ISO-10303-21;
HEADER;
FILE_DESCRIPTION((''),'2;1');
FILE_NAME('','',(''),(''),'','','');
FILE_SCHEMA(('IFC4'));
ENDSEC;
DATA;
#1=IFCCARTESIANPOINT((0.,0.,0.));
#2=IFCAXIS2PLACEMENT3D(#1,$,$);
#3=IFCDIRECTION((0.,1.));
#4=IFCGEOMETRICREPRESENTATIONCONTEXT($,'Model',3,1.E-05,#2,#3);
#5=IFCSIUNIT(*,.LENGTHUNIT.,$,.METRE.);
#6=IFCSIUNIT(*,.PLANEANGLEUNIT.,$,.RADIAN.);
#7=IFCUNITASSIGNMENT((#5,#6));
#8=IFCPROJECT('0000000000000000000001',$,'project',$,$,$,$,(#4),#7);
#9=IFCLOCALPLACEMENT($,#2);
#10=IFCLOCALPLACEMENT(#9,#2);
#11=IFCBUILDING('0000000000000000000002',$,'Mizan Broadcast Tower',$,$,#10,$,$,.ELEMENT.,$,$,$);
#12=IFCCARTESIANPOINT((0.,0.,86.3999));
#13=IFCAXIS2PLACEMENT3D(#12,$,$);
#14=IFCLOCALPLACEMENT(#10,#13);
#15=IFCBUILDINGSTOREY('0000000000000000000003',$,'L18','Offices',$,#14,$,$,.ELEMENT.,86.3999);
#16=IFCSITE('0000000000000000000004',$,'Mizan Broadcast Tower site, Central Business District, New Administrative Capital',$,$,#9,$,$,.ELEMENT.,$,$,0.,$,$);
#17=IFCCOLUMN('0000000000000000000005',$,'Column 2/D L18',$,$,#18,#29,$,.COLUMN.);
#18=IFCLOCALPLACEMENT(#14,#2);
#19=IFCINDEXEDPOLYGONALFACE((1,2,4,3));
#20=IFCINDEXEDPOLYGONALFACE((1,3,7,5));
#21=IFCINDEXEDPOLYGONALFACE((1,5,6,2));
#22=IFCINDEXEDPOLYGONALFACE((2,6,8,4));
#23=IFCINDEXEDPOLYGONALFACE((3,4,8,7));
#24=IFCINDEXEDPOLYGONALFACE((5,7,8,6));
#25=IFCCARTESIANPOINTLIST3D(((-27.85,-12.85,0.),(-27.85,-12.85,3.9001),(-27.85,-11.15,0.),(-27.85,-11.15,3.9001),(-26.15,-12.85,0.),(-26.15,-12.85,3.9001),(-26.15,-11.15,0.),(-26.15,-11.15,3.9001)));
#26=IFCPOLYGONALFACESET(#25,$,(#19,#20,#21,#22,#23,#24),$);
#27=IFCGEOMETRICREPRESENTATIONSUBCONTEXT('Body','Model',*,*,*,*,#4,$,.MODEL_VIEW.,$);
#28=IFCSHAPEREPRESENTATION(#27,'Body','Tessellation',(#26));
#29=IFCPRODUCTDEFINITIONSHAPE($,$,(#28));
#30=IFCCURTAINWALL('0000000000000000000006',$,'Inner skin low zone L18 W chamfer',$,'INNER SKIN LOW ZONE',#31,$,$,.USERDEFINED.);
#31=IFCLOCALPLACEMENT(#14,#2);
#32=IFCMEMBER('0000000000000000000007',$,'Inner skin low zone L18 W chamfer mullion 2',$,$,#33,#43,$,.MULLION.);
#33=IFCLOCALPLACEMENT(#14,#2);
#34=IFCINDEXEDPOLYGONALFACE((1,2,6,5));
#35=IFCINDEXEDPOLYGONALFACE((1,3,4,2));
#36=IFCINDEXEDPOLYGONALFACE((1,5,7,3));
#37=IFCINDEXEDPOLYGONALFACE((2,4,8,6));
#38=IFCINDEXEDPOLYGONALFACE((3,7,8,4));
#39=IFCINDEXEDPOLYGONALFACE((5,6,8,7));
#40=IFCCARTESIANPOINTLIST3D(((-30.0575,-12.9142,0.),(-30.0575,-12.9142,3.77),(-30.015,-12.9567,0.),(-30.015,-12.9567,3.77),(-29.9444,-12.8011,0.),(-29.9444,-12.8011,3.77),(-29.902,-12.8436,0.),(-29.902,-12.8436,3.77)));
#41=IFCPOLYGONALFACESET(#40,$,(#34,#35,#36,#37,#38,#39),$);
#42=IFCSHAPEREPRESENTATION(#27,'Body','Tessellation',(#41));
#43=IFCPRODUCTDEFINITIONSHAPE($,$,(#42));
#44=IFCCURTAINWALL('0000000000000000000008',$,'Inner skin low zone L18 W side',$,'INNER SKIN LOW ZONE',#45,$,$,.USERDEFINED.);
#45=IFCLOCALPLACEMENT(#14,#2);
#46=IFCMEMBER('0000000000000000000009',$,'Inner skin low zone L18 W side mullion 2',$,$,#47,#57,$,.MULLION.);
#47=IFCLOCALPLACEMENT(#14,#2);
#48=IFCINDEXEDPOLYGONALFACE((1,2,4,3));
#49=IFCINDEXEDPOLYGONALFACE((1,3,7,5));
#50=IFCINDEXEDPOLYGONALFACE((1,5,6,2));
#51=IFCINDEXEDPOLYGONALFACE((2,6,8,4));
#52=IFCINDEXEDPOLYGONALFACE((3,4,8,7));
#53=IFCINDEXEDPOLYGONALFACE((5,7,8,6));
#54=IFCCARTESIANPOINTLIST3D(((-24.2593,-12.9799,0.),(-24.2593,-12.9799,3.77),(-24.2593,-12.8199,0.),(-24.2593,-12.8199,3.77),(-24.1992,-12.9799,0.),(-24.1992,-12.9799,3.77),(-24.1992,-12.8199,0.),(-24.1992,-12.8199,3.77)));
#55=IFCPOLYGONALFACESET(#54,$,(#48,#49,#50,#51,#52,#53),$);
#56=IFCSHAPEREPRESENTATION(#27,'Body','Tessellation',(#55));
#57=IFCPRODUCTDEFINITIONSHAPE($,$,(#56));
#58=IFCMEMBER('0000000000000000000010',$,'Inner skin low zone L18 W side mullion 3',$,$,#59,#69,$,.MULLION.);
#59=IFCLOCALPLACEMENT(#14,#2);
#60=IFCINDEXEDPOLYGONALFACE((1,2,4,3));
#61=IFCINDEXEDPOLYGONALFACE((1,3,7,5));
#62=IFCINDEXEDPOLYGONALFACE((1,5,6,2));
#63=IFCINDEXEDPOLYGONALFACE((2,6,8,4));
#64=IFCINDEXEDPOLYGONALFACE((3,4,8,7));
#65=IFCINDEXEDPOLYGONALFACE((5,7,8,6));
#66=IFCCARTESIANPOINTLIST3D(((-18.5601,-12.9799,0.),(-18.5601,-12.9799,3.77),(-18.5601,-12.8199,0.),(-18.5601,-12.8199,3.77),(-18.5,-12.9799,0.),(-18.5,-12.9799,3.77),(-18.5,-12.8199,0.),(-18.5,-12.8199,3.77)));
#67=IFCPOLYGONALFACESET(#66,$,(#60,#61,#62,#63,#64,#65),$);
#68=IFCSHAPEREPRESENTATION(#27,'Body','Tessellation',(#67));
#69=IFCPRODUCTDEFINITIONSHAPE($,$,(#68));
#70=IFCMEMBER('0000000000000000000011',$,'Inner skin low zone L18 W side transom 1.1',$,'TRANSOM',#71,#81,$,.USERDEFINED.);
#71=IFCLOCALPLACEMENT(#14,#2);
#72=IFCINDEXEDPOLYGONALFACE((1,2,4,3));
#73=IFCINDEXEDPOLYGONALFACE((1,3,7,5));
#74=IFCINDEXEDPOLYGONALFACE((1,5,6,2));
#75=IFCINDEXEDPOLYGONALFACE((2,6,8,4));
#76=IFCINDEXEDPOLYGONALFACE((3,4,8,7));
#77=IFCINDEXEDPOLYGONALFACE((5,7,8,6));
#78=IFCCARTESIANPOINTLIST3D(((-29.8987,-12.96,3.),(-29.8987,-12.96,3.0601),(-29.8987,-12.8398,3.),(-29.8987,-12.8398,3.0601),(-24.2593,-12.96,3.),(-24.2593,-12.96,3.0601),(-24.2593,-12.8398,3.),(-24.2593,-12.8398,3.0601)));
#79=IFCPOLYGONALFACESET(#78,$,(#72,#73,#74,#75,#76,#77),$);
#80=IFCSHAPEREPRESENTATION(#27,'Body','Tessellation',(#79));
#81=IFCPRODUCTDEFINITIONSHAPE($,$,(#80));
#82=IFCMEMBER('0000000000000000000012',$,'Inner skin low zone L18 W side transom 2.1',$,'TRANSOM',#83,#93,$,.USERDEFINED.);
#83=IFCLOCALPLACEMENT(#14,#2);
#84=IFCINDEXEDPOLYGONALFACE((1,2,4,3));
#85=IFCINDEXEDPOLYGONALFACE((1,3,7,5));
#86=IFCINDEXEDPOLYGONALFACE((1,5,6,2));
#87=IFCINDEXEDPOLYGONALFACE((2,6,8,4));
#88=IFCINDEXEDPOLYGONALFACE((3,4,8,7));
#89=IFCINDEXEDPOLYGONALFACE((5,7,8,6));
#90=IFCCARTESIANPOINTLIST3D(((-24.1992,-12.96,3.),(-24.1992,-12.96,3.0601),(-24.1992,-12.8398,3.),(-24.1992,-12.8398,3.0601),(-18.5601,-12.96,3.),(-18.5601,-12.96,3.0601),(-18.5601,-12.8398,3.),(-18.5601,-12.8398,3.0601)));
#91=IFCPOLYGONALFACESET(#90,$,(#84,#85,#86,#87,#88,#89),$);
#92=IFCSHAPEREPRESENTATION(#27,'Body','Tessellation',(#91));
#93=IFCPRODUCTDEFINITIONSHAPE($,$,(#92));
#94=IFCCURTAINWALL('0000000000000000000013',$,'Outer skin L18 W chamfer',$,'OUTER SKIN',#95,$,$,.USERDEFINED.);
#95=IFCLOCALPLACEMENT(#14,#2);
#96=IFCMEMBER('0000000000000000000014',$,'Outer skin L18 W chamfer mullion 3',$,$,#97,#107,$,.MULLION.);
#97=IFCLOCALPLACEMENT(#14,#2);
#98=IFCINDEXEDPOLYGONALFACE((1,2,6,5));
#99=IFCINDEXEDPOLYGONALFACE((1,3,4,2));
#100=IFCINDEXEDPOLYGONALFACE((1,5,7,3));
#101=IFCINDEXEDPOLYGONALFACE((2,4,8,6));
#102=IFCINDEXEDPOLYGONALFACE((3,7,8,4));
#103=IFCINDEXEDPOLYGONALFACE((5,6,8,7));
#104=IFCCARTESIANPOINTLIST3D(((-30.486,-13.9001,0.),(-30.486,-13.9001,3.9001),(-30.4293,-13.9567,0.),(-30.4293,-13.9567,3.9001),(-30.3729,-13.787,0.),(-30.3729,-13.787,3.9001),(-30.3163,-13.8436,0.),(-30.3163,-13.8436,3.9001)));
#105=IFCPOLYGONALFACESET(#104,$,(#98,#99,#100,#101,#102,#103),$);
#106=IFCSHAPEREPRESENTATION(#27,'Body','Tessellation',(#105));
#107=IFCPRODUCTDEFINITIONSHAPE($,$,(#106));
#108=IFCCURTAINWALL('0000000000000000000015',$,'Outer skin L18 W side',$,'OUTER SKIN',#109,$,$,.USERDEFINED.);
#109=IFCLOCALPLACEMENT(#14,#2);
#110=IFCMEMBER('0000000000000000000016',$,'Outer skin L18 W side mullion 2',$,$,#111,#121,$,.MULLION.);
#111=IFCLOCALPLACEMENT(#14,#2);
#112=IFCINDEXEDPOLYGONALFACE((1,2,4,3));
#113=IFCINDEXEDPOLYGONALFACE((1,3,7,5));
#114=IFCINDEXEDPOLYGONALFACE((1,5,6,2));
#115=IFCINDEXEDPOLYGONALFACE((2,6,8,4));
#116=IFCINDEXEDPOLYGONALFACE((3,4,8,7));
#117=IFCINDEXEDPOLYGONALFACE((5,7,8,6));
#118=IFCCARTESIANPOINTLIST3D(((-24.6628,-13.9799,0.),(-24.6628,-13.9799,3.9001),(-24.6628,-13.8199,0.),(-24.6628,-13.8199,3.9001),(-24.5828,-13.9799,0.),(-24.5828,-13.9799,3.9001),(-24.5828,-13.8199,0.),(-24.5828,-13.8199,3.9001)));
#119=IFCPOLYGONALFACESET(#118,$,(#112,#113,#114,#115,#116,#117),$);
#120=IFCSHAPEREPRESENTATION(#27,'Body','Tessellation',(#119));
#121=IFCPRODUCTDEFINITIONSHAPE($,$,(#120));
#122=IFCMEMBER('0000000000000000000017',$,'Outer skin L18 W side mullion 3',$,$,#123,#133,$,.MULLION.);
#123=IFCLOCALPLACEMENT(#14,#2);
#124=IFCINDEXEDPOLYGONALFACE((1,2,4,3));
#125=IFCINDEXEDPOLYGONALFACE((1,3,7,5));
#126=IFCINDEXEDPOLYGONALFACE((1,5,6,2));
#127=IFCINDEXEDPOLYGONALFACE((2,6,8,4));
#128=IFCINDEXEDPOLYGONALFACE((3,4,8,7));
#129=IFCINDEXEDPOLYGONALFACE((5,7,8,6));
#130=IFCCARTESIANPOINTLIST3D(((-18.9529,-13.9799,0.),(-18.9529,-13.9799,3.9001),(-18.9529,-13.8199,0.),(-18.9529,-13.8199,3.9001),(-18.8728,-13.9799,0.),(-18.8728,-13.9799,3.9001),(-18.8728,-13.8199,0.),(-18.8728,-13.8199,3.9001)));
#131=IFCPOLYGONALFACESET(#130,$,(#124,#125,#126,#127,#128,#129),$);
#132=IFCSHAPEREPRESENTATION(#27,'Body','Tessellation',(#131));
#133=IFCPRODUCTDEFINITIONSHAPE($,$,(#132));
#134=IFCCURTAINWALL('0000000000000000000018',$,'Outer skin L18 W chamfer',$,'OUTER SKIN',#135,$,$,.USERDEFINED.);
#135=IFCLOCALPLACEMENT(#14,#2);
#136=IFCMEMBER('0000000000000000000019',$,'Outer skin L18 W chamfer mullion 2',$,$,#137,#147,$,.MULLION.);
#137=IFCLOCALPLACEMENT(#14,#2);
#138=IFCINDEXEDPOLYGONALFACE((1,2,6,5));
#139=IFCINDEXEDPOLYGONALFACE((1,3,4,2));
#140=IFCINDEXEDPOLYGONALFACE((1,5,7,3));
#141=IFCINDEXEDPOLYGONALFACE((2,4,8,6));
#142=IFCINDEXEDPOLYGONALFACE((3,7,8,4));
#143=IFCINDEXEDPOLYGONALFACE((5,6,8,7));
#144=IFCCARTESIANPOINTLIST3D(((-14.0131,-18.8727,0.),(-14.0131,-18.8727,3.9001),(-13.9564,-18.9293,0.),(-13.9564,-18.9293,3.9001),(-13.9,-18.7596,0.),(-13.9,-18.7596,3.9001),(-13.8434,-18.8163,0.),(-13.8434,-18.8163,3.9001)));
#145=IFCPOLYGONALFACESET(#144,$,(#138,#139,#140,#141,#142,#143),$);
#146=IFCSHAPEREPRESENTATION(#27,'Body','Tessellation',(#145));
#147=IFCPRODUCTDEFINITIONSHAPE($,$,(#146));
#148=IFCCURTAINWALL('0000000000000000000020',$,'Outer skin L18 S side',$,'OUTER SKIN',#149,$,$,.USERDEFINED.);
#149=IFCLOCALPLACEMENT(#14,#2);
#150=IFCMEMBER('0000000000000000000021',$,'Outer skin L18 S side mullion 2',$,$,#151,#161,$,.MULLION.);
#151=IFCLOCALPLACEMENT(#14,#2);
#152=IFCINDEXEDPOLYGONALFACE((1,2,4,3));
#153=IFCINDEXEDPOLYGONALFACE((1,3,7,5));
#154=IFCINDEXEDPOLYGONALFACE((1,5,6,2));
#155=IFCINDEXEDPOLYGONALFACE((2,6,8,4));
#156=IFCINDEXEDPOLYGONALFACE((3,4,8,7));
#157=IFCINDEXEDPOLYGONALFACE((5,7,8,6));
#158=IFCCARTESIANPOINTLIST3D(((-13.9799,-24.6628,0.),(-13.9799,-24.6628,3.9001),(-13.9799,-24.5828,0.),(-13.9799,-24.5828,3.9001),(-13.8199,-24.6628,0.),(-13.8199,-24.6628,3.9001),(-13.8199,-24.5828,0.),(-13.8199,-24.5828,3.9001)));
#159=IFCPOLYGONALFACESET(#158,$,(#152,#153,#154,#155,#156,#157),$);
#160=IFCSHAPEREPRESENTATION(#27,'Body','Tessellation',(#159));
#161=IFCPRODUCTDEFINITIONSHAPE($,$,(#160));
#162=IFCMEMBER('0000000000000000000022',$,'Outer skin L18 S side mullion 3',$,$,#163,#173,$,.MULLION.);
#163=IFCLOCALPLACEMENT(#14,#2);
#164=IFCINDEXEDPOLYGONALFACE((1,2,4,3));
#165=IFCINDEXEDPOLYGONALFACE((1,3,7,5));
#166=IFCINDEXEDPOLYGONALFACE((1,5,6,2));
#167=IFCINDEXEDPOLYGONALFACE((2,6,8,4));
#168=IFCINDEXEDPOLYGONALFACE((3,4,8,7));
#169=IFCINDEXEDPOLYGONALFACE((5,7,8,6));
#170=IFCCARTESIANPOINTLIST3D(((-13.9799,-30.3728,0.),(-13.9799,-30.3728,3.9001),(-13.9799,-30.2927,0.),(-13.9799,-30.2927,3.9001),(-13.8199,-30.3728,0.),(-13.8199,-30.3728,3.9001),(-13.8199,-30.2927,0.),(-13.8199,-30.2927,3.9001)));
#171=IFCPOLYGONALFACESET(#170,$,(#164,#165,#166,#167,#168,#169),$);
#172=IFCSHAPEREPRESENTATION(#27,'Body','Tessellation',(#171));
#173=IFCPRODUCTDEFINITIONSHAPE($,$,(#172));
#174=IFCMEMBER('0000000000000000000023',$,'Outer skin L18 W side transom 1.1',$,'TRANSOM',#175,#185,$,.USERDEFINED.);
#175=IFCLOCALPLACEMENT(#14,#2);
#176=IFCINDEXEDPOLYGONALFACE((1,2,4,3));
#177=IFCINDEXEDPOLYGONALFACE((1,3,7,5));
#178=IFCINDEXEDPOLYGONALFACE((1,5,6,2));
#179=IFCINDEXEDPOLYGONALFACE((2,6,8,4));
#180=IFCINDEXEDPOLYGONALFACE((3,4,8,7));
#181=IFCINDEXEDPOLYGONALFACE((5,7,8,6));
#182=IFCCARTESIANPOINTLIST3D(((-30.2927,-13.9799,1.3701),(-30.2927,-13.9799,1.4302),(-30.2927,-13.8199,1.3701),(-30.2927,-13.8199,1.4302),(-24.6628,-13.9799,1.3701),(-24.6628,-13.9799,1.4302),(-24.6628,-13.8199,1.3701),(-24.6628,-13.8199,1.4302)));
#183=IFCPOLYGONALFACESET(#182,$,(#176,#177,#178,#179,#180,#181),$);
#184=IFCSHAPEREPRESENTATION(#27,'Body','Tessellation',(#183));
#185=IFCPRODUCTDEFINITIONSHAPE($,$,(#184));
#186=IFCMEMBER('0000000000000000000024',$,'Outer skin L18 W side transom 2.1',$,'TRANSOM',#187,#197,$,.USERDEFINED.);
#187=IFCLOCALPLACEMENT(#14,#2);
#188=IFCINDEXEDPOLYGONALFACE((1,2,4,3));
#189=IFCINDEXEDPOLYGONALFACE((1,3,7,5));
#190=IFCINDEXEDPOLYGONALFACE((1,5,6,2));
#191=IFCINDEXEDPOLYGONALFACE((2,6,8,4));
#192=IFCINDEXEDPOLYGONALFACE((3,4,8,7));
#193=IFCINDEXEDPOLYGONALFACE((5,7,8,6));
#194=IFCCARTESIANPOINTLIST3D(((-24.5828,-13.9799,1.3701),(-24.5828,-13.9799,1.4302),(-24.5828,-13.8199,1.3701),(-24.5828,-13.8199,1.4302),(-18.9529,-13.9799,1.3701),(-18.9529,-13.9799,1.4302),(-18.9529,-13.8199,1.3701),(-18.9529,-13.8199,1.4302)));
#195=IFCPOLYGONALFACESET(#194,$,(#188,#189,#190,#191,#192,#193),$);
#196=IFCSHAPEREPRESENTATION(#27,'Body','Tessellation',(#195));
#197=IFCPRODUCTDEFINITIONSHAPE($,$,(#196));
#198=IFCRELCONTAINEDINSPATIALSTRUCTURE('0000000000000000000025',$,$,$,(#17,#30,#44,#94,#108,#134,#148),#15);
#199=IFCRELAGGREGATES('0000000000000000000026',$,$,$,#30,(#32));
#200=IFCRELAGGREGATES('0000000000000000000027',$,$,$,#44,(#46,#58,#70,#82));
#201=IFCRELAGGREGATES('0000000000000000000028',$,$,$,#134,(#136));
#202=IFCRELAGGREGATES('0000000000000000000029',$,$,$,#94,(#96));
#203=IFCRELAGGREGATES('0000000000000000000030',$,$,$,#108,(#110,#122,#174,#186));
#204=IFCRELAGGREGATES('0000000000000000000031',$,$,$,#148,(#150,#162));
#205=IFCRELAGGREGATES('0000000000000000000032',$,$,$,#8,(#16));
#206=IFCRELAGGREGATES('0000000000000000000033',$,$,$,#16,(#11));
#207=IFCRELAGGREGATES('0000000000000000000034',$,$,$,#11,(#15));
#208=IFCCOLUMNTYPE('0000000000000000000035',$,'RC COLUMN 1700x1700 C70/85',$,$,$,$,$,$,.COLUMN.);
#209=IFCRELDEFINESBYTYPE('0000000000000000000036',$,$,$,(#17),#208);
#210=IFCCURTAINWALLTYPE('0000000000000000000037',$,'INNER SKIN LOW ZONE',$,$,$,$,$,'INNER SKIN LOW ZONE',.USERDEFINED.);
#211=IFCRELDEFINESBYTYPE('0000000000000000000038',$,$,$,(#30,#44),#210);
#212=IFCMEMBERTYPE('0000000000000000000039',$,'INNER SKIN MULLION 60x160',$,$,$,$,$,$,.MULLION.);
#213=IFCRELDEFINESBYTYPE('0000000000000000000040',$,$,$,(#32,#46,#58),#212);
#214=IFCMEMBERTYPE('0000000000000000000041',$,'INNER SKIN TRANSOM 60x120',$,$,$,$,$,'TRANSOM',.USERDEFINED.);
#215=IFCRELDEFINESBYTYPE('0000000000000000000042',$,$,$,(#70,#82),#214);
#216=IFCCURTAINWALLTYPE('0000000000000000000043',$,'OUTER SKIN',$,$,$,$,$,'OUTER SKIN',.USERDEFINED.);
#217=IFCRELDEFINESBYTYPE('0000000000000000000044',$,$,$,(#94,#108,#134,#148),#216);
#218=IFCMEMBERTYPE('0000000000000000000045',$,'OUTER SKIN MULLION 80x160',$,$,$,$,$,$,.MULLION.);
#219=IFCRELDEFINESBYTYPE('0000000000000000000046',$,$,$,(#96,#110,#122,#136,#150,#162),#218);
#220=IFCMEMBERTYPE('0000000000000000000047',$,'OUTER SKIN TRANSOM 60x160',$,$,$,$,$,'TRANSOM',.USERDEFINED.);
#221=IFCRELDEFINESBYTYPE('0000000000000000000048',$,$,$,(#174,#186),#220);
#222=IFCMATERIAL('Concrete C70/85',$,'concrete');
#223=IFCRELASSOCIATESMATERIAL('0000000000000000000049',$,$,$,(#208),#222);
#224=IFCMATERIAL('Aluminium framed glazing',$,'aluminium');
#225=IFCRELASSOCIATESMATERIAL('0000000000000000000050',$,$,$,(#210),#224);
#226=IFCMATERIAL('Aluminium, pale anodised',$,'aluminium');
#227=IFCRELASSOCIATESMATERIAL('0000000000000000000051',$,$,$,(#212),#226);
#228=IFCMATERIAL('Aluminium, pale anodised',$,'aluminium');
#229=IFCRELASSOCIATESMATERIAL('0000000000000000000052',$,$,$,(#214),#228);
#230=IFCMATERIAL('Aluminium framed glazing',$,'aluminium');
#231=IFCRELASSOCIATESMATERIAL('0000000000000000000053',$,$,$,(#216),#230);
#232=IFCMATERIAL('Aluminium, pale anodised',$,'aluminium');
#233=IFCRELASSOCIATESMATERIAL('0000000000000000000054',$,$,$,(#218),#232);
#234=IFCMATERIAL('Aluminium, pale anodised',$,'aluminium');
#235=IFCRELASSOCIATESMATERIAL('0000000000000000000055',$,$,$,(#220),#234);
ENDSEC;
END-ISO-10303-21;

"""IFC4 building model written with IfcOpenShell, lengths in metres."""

from ifc_helpers import new_model, si_unit, direction, frame, origin, origin_2d, place, context, subcontext, project, spatial, rectangle, extrude, material, material_profile, profile_set, type_object, element, aggregate, save


model = new_model("IFC4")

# Units and contexts
model_context = context("Model", 3, precision=1e-05, world=origin(), true_north=direction((0.0, 1.0)))
body_context = subcontext(model_context, "Body", "Model", "MODEL_VIEW")
ifc_project = project(units=[si_unit("LENGTHUNIT", "METRE"), si_unit("PLANEANGLEUNIT", "RADIAN")], contexts=[model_context])

# Site, building, storey
site_placement = place(None, origin())
site = spatial("IfcSite", under=ifc_project, at=site_placement, Name="Mizan Broadcast Tower site, Central Business District, New Administrative Capital", CompositionType="ELEMENT", RefElevation=0.0)
building_placement = place(site_placement, origin())
building = spatial("IfcBuilding", under=site, at=building_placement, Name="Mizan Broadcast Tower", CompositionType="ELEMENT")
storey_placement = place(building_placement, frame((0.0, 0.0, 86.3999)))
storey = spatial("IfcBuildingStorey", under=building, at=storey_placement, Name="L18", Description="Offices", CompositionType="ELEMENT", Elevation=86.3999)

# Column
ifc_material_1 = material(Name="Concrete C70/85", Category="concrete")
ifc_material_profile_1 = material_profile(ifc_material_1, rectangle(XDim=1.7, YDim=1.7, at=origin_2d()), Name="RC 1700x1700")
ifc_profile_set_1 = profile_set([ifc_material_profile_1], Name="Concrete C70/85")
column_type = type_object("IfcColumnType", Name="RC COLUMN 1700x1700 C70/85", PredefinedType="COLUMN", material=ifc_profile_set_1)
column_placement = place(storey_placement, frame((-27.0, -12.0, 0.0), z_axis=(0.0, 0.0, 1.0), x_axis=(1.0, 0.0, 0.0)))
element("IfcColumn", 1, at=column_placement, inside=storey, type_object=column_type, Name="Column 2/D L18", PredefinedType="COLUMN", context=body_context, shape_type="SweptSolid", body=[
    extrude(rectangle(XDim=1.7, YDim=1.7, at=origin_2d()), origin(), (0.0, 0.0, 1.0), 3.9001),
])

# Curtain wall, member
ifc_material_2 = material(Name="Aluminium framed glazing", Category="aluminium")
curtain_wall_type_1 = type_object("IfcCurtainWallType", Name="INNER SKIN LOW ZONE", ElementType="INNER SKIN LOW ZONE", PredefinedType="USERDEFINED", material=ifc_material_2)
curtain_wall_1_placement = place(storey_placement, origin())
curtain_wall_1 = element("IfcCurtainWall", 2, at=curtain_wall_1_placement, inside=storey, type_object=curtain_wall_type_1, Name="Inner skin low zone L18 W chamfer", ObjectType="INNER SKIN LOW ZONE", PredefinedType="USERDEFINED")
ifc_material_3 = material(Name="Aluminium, pale anodised", Category="aluminium")
ifc_material_profile_2 = material_profile(ifc_material_3, rectangle(XDim=0.1599, YDim=0.0601, at=origin_2d()), Name="MULLION 160x60")
ifc_profile_set_2 = profile_set([ifc_material_profile_2], Name="Aluminium, pale anodised")
member_type_1 = type_object("IfcMemberType", Name="INNER SKIN MULLION 60x160", PredefinedType="MULLION", material=ifc_profile_set_2)
member_1_placement = place(storey_placement, frame((-29.9797, -12.8789, 0.0), z_axis=(0.0, 0.0, 1.0), x_axis=(0.707107, 0.707107, 0.0)))
member_1 = element("IfcMember", 3, at=member_1_placement, type_object=member_type_1, Name="Inner skin low zone L18 W chamfer mullion 2", PredefinedType="MULLION", context=body_context, shape_type="SweptSolid", body=[
    extrude(rectangle(XDim=0.1599, YDim=0.0601, at=origin_2d()), origin(), (0.0, 0.0, 1.0), 3.77),
])
aggregate(curtain_wall_1, [member_1])

# Curtain wall, members
curtain_wall_2_placement = place(storey_placement, origin())
curtain_wall_2 = element("IfcCurtainWall", 4, at=curtain_wall_2_placement, inside=storey, type_object=curtain_wall_type_1, Name="Inner skin low zone L18 W side", ObjectType="INNER SKIN LOW ZONE", PredefinedType="USERDEFINED")
member_2_placement = place(storey_placement, frame((-24.2292, -12.8999, 0.0), z_axis=(0.0, 0.0, 1.0), x_axis=(0.0, 1.0, 0.0)))
member_2 = element("IfcMember", 5, at=member_2_placement, type_object=member_type_1, Name="Inner skin low zone L18 W side mullion 2", PredefinedType="MULLION", context=body_context, shape_type="SweptSolid", body=[
    extrude(rectangle(XDim=0.1599, YDim=0.0601, at=origin_2d()), origin(), (0.0, 0.0, 1.0), 3.77),
])
member_3_placement = place(storey_placement, frame((-18.53, -12.8999, 0.0), z_axis=(0.0, 0.0, 1.0), x_axis=(0.0, 1.0, 0.0)))
member_3 = element("IfcMember", 6, at=member_3_placement, type_object=member_type_1, Name="Inner skin low zone L18 W side mullion 3", PredefinedType="MULLION", context=body_context, shape_type="SweptSolid", body=[
    extrude(rectangle(XDim=0.1599, YDim=0.0601, at=origin_2d()), origin(), (0.0, 0.0, 1.0), 3.77),
])
ifc_material_4 = material(Name="Aluminium, pale anodised", Category="aluminium")
ifc_material_profile_3 = material_profile(ifc_material_4, rectangle(XDim=0.1201, YDim=0.0601, at=origin_2d()), Name="TRANSOM 120x60")
ifc_profile_set_3 = profile_set([ifc_material_profile_3], Name="Aluminium, pale anodised")
member_type_2 = type_object("IfcMemberType", Name="INNER SKIN TRANSOM 60x120", ElementType="TRANSOM", PredefinedType="USERDEFINED", material=ifc_profile_set_3)
member_4_placement = place(storey_placement, frame((-29.8987, -12.8999, 3.03), z_axis=(1.0, 0.0, 0.0), x_axis=(0.0, 1.0, 0.0)))
member_4 = element("IfcMember", 7, at=member_4_placement, type_object=member_type_2, Name="Inner skin low zone L18 W side transom 1.1", ObjectType="TRANSOM", PredefinedType="USERDEFINED", context=body_context, shape_type="SweptSolid", body=[
    extrude(rectangle(XDim=0.1201, YDim=0.0601, at=origin_2d()), origin(), (0.0, 0.0, 1.0), 5.6394),
])
member_5_placement = place(storey_placement, frame((-24.1992, -12.8999, 3.03), z_axis=(1.0, 0.0, 0.0), x_axis=(0.0, 1.0, 0.0)))
member_5 = element("IfcMember", 8, at=member_5_placement, type_object=member_type_2, Name="Inner skin low zone L18 W side transom 2.1", ObjectType="TRANSOM", PredefinedType="USERDEFINED", context=body_context, shape_type="SweptSolid", body=[
    extrude(rectangle(XDim=0.1201, YDim=0.0601, at=origin_2d()), origin(), (0.0, 0.0, 1.0), 5.6392),
])

# Curtain wall, member
ifc_material_5 = material(Name="Aluminium framed glazing", Category="aluminium")
curtain_wall_type_2 = type_object("IfcCurtainWallType", Name="OUTER SKIN", ElementType="OUTER SKIN", PredefinedType="USERDEFINED", material=ifc_material_5)
curtain_wall_3_placement = place(storey_placement, origin())
curtain_wall_3 = element("IfcCurtainWall", 9, at=curtain_wall_3_placement, inside=storey, type_object=curtain_wall_type_2, Name="Outer skin L18 W chamfer", ObjectType="OUTER SKIN", PredefinedType="USERDEFINED")
ifc_material_6 = material(Name="Aluminium, pale anodised", Category="aluminium")
ifc_material_profile_4 = material_profile(ifc_material_6, rectangle(XDim=0.1599, YDim=0.0801, at=origin_2d()), Name="MULLION 160x80")
ifc_profile_set_4 = profile_set([ifc_material_profile_4], Name="Aluminium, pale anodised")
member_type_3 = type_object("IfcMemberType", Name="OUTER SKIN MULLION 80x160", PredefinedType="MULLION", material=ifc_profile_set_4)
member_6_placement = place(storey_placement, frame((-30.4011, -13.8718, 0.0), z_axis=(0.0, 0.0, 1.0), x_axis=(0.707107, 0.707107, 0.0)))
member_6 = element("IfcMember", 10, at=member_6_placement, type_object=member_type_3, Name="Outer skin L18 W chamfer mullion 3", PredefinedType="MULLION", context=body_context, shape_type="SweptSolid", body=[
    extrude(rectangle(XDim=0.1599, YDim=0.0801, at=origin_2d()), origin(), (0.0, 0.0, 1.0), 3.9001),
])

# Curtain wall, members
curtain_wall_4_placement = place(storey_placement, origin())
curtain_wall_4 = element("IfcCurtainWall", 11, at=curtain_wall_4_placement, inside=storey, type_object=curtain_wall_type_2, Name="Outer skin L18 W side", ObjectType="OUTER SKIN", PredefinedType="USERDEFINED")
member_7_placement = place(storey_placement, frame((-24.6228, -13.8999, 0.0), z_axis=(0.0, 0.0, 1.0), x_axis=(0.0, 1.0, 0.0)))
member_7 = element("IfcMember", 12, at=member_7_placement, type_object=member_type_3, Name="Outer skin L18 W side mullion 2", PredefinedType="MULLION", context=body_context, shape_type="SweptSolid", body=[
    extrude(rectangle(XDim=0.1599, YDim=0.0801, at=origin_2d()), origin(), (0.0, 0.0, 1.0), 3.9001),
])
member_8_placement = place(storey_placement, frame((-18.9128, -13.8999, 0.0), z_axis=(0.0, 0.0, 1.0), x_axis=(0.0, 1.0, 0.0)))
member_8 = element("IfcMember", 13, at=member_8_placement, type_object=member_type_3, Name="Outer skin L18 W side mullion 3", PredefinedType="MULLION", context=body_context, shape_type="SweptSolid", body=[
    extrude(rectangle(XDim=0.1599, YDim=0.0801, at=origin_2d()), origin(), (0.0, 0.0, 1.0), 3.9001),
])

# Curtain wall, member
curtain_wall_5_placement = place(storey_placement, origin())
curtain_wall_5 = element("IfcCurtainWall", 14, at=curtain_wall_5_placement, inside=storey, type_object=curtain_wall_type_2, Name="Outer skin L18 W chamfer", ObjectType="OUTER SKIN", PredefinedType="USERDEFINED")
member_9_placement = place(storey_placement, frame((-13.9282, -18.8445, 0.0), z_axis=(0.0, 0.0, 1.0), x_axis=(0.707107, 0.707107, 0.0)))
member_9 = element("IfcMember", 15, at=member_9_placement, type_object=member_type_3, Name="Outer skin L18 W chamfer mullion 2", PredefinedType="MULLION", context=body_context, shape_type="SweptSolid", body=[
    extrude(rectangle(XDim=0.1599, YDim=0.0801, at=origin_2d()), origin(), (0.0, 0.0, 1.0), 3.9001),
])

# Curtain wall, members
curtain_wall_6_placement = place(storey_placement, origin())
curtain_wall_6 = element("IfcCurtainWall", 16, at=curtain_wall_6_placement, inside=storey, type_object=curtain_wall_type_2, Name="Outer skin L18 S side", ObjectType="OUTER SKIN", PredefinedType="USERDEFINED")
member_10_placement = place(storey_placement, frame((-13.8999, -24.6228, 0.0), z_axis=(0.0, 0.0, 1.0), x_axis=(1.0, 0.0, 0.0)))
member_10 = element("IfcMember", 17, at=member_10_placement, type_object=member_type_3, Name="Outer skin L18 S side mullion 2", PredefinedType="MULLION", context=body_context, shape_type="SweptSolid", body=[
    extrude(rectangle(XDim=0.1599, YDim=0.0801, at=origin_2d()), origin(), (0.0, 0.0, 1.0), 3.9001),
])
member_11_placement = place(storey_placement, frame((-13.8999, -30.3328, 0.0), z_axis=(0.0, 0.0, 1.0), x_axis=(1.0, 0.0, 0.0)))
member_11 = element("IfcMember", 18, at=member_11_placement, type_object=member_type_3, Name="Outer skin L18 S side mullion 3", PredefinedType="MULLION", context=body_context, shape_type="SweptSolid", body=[
    extrude(rectangle(XDim=0.1599, YDim=0.0801, at=origin_2d()), origin(), (0.0, 0.0, 1.0), 3.9001),
])

# Members
ifc_material_7 = material(Name="Aluminium, pale anodised", Category="aluminium")
ifc_material_profile_5 = material_profile(ifc_material_7, rectangle(XDim=0.1599, YDim=0.0601, at=origin_2d()), Name="TRANSOM 160x60")
ifc_profile_set_5 = profile_set([ifc_material_profile_5], Name="Aluminium, pale anodised")
member_type_4 = type_object("IfcMemberType", Name="OUTER SKIN TRANSOM 60x160", ElementType="TRANSOM", PredefinedType="USERDEFINED", material=ifc_profile_set_5)
member_12_placement = place(storey_placement, frame((-30.2927, -13.8999, 1.4001), z_axis=(1.0, 0.0, 0.0), x_axis=(0.0, 1.0, 0.0)))
member_12 = element("IfcMember", 19, at=member_12_placement, type_object=member_type_4, Name="Outer skin L18 W side transom 1.1", ObjectType="TRANSOM", PredefinedType="USERDEFINED", context=body_context, shape_type="SweptSolid", body=[
    extrude(rectangle(XDim=0.1599, YDim=0.0601, at=origin_2d()), origin(), (0.0, 0.0, 1.0), 5.6299),
])
member_13_placement = place(storey_placement, frame((-24.5828, -13.8999, 1.4001), z_axis=(1.0, 0.0, 0.0), x_axis=(0.0, 1.0, 0.0)))
member_13 = element("IfcMember", 20, at=member_13_placement, type_object=member_type_4, Name="Outer skin L18 W side transom 2.1", ObjectType="TRANSOM", PredefinedType="USERDEFINED", context=body_context, shape_type="SweptSolid", body=[
    extrude(rectangle(XDim=0.1599, YDim=0.0601, at=origin_2d()), origin(), (0.0, 0.0, 1.0), 5.6299),
])

aggregate(curtain_wall_2, [member_2, member_3, member_4, member_5])
aggregate(curtain_wall_5, [member_9])
aggregate(curtain_wall_3, [member_6])
aggregate(curtain_wall_4, [member_7, member_8, member_12, member_13])
aggregate(curtain_wall_6, [member_10, member_11])

save(model, "model.ifc")
